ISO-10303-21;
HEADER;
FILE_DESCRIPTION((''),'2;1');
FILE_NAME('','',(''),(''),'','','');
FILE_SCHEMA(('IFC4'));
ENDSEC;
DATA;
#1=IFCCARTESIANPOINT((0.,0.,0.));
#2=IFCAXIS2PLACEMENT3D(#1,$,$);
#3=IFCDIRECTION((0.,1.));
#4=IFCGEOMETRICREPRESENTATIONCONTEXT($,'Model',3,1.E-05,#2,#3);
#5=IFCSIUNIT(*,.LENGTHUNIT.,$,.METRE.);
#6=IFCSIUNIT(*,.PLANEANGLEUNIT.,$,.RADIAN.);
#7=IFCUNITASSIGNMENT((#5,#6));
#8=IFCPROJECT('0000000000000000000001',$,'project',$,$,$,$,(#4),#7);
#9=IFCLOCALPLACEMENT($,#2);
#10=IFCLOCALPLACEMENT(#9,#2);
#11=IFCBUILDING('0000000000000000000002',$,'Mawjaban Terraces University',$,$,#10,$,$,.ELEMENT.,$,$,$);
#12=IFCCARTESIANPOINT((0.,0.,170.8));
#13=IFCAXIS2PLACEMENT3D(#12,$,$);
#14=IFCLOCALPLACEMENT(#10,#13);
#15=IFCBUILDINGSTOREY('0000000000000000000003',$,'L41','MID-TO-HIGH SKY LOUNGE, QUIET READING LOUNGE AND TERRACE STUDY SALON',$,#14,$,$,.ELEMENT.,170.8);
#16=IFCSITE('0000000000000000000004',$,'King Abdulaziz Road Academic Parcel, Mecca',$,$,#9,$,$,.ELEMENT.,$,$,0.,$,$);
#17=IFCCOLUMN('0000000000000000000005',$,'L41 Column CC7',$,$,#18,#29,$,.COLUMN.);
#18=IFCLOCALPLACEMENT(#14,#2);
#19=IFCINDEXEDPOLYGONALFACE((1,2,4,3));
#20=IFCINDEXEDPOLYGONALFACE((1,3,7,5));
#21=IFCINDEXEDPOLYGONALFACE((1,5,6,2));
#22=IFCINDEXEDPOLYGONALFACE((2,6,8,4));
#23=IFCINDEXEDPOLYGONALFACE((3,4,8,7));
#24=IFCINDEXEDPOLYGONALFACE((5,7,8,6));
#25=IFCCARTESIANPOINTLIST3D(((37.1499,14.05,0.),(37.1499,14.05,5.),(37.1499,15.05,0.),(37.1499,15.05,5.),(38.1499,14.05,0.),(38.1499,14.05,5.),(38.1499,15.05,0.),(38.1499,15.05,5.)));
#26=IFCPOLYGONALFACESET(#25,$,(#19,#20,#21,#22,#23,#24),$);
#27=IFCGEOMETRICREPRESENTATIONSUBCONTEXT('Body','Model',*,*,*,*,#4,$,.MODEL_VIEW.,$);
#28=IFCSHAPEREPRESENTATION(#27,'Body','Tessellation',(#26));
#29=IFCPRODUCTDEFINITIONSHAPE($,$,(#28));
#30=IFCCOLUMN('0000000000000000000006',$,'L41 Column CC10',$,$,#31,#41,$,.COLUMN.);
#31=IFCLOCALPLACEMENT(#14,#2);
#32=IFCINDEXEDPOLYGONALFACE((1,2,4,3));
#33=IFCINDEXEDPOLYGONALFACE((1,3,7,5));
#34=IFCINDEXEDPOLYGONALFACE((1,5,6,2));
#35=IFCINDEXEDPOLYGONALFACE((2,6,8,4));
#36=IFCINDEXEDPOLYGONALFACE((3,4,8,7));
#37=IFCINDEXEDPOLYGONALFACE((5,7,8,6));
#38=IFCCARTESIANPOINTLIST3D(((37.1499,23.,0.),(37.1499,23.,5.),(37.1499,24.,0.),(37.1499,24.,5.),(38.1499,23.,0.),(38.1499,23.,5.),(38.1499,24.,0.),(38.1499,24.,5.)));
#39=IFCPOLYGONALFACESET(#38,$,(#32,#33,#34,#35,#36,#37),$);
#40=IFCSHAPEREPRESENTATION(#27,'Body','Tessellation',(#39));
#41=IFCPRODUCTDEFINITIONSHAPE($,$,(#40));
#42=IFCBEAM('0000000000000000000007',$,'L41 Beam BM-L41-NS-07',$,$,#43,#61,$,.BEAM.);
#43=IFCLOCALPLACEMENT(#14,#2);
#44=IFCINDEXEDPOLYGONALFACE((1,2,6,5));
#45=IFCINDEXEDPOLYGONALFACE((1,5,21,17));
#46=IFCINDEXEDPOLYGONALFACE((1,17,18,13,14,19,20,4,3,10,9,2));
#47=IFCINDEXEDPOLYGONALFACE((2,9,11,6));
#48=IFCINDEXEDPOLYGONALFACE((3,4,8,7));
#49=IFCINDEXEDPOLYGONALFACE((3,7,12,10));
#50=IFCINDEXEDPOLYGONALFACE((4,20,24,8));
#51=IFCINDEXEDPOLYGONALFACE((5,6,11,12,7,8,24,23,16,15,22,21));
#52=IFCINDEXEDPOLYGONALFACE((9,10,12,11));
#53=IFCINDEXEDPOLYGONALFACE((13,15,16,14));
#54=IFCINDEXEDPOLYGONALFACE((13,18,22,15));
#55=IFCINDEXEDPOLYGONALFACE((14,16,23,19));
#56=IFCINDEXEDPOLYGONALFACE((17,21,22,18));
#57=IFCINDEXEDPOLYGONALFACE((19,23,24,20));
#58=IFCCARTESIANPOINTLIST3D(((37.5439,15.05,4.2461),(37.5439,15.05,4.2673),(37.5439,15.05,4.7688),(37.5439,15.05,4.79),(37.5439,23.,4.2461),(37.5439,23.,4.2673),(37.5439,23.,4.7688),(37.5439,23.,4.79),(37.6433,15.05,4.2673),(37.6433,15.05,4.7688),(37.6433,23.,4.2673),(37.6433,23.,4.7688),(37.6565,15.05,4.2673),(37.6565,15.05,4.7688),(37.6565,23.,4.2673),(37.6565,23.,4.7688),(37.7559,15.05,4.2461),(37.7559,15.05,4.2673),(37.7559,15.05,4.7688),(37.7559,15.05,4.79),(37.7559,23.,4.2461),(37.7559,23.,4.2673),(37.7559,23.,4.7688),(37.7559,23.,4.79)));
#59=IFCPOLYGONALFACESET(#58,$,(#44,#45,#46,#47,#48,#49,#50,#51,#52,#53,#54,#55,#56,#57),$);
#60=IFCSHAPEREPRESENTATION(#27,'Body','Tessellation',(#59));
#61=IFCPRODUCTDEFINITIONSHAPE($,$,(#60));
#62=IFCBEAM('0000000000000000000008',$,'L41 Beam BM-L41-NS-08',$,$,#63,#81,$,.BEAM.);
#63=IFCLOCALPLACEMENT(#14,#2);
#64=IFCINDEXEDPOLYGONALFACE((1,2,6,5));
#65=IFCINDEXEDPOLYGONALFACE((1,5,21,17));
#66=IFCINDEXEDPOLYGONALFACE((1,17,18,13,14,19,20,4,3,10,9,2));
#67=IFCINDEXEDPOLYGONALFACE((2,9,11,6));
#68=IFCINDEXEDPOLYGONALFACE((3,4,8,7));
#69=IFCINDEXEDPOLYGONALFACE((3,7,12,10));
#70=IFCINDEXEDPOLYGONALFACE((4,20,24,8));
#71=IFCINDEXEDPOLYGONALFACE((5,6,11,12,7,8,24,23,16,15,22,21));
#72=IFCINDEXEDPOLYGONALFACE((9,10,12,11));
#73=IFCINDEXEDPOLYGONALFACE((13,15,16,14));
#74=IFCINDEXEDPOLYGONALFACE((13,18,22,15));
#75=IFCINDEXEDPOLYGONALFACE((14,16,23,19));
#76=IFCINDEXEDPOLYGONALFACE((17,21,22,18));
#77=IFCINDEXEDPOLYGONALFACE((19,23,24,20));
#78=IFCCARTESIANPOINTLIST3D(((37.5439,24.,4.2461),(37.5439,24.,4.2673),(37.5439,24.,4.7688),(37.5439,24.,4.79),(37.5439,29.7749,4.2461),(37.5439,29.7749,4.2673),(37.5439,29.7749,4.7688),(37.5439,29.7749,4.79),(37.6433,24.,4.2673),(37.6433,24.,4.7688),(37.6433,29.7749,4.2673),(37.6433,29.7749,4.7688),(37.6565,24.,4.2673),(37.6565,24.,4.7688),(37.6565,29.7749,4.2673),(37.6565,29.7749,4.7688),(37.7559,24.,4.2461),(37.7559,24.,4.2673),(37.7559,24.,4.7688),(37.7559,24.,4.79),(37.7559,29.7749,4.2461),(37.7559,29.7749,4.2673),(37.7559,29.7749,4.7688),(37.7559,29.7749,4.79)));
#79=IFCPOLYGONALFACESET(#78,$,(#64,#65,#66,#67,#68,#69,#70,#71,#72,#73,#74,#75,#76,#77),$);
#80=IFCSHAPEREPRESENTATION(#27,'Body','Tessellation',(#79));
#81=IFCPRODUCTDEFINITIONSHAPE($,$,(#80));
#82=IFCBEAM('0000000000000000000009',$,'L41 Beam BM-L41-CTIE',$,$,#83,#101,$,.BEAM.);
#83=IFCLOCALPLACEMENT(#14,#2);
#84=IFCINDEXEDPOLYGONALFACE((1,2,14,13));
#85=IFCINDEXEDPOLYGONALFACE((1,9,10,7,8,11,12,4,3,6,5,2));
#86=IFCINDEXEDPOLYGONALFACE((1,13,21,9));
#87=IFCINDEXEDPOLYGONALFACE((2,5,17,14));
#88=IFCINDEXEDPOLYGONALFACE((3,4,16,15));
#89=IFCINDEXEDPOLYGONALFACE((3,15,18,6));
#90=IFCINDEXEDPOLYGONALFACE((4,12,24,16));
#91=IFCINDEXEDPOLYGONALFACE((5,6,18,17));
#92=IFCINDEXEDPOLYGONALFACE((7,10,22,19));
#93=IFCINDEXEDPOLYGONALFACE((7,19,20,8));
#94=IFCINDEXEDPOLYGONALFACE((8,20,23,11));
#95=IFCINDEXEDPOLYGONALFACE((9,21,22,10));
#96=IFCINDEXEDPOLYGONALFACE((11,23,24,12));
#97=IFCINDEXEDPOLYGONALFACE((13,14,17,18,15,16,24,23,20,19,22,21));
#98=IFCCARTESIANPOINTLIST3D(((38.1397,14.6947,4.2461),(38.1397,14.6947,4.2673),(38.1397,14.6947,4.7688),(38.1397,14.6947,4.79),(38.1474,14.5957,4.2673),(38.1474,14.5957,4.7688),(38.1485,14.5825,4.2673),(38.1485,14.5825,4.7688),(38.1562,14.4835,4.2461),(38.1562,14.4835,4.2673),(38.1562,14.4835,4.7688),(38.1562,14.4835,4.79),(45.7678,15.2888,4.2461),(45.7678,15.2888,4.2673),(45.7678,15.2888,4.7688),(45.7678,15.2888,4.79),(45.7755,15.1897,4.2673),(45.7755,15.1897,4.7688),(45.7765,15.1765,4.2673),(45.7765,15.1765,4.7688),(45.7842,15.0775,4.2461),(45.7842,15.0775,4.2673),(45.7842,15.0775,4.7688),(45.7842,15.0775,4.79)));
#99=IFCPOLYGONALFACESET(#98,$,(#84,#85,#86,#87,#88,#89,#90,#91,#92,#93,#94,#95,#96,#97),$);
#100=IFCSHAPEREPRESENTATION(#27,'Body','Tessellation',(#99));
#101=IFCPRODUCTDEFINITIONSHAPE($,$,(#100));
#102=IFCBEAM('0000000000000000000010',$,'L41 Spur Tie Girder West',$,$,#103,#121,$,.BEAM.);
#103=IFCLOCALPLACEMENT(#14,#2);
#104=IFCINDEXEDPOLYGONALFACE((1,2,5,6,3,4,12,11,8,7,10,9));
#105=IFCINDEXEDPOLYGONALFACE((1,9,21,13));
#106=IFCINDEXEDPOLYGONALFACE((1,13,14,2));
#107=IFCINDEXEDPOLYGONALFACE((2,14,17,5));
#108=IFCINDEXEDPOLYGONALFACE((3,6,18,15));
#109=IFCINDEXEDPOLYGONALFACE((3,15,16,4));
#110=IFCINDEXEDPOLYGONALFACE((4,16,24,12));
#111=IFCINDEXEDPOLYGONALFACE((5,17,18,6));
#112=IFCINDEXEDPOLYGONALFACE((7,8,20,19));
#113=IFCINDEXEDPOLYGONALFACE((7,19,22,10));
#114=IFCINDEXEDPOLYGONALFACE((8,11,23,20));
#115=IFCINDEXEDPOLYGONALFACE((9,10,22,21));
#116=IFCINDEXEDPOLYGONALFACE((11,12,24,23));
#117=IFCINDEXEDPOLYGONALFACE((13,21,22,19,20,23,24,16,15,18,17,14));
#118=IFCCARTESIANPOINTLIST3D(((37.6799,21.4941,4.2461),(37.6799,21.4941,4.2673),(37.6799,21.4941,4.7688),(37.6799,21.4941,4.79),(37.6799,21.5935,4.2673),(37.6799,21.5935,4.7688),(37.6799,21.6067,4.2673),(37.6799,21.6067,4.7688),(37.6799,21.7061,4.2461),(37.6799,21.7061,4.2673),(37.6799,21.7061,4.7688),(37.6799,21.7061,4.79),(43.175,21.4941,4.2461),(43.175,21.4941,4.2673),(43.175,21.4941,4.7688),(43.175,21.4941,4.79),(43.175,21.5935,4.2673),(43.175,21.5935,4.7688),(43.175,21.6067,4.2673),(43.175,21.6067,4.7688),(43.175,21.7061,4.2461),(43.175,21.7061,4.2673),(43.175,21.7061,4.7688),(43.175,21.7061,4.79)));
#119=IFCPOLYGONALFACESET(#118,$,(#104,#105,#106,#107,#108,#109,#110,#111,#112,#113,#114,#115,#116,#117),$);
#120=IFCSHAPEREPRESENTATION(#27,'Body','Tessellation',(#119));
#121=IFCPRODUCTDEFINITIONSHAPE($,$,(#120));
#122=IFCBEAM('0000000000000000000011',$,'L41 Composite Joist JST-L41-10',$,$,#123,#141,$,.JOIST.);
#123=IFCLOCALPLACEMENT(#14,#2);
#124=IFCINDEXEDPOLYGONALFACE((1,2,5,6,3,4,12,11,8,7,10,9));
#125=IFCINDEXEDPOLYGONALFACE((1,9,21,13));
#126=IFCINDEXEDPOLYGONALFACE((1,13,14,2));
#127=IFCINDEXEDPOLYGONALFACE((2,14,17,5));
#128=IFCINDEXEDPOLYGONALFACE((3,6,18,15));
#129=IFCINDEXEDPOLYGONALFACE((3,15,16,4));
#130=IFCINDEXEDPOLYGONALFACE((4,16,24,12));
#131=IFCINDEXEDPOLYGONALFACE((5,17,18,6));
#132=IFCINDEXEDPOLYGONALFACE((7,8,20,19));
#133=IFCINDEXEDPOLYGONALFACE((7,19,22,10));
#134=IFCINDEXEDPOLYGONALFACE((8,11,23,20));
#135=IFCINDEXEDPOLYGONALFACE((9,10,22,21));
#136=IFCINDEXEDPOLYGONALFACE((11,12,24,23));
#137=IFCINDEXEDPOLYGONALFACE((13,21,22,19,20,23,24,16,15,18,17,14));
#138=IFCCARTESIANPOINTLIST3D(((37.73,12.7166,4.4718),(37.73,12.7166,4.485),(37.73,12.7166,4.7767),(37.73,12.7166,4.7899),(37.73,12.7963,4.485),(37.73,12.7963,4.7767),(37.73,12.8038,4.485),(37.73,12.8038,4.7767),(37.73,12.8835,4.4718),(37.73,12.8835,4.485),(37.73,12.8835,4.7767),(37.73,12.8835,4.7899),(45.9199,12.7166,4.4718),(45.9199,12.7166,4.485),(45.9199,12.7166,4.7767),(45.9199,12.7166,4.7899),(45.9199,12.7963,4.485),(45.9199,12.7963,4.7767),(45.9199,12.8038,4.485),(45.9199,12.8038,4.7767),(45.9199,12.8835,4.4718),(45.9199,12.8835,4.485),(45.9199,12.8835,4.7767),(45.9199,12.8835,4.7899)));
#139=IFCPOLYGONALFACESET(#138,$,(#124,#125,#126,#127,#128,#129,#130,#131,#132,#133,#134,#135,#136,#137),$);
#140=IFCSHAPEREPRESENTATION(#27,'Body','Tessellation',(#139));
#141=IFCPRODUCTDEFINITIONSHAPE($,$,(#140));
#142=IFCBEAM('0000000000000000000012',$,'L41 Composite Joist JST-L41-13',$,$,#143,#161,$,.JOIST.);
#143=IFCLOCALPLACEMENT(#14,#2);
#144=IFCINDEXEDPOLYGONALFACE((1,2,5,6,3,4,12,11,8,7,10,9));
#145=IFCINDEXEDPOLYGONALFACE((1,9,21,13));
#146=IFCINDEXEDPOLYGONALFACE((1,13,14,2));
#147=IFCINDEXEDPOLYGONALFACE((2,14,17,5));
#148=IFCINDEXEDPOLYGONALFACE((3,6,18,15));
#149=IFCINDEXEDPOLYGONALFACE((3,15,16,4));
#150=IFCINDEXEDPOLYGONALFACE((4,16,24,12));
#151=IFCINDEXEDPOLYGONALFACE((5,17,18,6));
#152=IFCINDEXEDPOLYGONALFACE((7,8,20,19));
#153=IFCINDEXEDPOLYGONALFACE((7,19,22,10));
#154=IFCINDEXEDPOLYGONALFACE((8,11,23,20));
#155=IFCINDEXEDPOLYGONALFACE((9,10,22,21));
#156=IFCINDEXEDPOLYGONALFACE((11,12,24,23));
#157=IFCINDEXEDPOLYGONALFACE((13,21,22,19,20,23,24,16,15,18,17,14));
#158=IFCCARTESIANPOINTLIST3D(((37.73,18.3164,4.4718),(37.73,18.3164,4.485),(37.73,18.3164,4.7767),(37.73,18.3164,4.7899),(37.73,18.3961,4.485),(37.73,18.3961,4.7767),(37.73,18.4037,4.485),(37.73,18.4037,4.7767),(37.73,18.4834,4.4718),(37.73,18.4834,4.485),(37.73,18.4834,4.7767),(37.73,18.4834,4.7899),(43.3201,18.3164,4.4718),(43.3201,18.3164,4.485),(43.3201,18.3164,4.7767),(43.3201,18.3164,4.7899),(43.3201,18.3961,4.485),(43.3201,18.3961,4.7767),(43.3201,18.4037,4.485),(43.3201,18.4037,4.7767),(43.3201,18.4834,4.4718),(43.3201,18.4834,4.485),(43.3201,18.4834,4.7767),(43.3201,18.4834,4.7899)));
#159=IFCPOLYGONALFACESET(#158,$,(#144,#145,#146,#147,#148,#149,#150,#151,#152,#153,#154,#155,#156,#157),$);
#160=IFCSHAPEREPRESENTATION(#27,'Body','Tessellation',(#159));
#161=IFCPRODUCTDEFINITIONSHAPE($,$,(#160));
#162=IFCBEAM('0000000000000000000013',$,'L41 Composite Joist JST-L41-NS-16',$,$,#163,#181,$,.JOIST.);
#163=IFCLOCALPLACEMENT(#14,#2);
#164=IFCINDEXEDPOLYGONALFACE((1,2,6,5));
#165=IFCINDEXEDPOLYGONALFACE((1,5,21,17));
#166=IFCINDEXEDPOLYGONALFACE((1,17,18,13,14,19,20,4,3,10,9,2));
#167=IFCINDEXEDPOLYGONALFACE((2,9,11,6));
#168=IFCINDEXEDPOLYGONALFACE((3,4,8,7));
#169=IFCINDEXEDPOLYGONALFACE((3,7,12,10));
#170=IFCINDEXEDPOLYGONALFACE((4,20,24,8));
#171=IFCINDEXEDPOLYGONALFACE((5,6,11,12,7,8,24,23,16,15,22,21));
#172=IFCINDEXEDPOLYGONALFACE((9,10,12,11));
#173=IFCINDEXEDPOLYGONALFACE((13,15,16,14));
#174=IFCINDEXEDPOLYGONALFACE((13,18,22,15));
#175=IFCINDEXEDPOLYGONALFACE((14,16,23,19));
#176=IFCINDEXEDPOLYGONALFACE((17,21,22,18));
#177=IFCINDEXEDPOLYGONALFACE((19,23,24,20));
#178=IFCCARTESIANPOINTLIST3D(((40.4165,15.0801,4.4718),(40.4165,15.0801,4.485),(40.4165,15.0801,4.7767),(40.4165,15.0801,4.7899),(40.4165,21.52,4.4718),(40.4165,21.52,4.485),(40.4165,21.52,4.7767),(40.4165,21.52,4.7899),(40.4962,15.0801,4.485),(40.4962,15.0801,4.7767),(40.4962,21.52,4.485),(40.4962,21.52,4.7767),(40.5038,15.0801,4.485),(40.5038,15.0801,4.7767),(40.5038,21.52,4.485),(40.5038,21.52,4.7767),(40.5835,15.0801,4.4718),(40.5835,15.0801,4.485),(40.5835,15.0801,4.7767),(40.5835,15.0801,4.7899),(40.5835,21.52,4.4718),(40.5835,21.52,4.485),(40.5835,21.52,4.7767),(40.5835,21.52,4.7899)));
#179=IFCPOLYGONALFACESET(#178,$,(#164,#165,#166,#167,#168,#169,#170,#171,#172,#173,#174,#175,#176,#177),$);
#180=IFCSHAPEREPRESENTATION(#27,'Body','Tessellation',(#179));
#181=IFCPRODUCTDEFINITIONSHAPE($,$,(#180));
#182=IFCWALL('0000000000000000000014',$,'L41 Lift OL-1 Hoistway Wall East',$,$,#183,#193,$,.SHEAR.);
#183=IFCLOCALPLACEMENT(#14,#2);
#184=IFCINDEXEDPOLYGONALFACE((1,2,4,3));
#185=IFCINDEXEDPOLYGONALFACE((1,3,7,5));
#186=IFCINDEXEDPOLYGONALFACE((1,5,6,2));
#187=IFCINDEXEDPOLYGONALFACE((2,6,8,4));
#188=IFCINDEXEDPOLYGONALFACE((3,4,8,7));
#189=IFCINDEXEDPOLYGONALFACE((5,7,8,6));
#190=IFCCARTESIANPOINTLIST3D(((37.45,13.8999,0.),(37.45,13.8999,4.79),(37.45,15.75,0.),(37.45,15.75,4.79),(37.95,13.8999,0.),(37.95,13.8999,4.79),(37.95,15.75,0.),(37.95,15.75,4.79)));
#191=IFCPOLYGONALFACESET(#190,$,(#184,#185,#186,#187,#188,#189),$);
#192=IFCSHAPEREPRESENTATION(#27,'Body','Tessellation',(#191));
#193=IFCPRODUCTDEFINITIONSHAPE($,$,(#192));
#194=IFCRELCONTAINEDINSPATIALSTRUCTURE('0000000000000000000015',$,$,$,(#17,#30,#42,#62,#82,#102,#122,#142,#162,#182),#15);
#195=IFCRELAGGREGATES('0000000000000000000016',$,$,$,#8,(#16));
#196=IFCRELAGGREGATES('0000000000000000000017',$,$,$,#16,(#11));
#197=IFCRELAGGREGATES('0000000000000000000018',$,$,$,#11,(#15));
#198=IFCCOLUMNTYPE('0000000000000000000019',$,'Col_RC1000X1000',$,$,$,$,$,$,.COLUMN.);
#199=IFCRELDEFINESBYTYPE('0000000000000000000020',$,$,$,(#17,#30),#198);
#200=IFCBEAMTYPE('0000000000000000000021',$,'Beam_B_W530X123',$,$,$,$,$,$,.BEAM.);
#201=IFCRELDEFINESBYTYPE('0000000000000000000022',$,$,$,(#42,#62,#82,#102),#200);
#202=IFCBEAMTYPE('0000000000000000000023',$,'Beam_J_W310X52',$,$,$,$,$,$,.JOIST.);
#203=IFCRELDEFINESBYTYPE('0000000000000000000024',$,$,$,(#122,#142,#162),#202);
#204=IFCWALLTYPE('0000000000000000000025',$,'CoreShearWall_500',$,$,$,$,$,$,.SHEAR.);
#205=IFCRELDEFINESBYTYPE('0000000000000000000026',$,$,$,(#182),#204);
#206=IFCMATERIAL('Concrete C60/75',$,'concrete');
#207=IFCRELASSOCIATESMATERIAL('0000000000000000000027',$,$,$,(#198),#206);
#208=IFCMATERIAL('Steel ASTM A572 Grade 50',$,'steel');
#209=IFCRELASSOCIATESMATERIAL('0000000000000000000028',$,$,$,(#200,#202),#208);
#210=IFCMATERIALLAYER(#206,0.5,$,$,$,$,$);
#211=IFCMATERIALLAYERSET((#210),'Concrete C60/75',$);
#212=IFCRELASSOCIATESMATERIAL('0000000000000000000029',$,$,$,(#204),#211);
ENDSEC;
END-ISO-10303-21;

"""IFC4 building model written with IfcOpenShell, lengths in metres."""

from ifc_helpers import new_model, si_unit, direction, frame, frame_2d, origin, origin_2d, place, context, subcontext, project, spatial, rectangle, i_section, extrude, material, layer, layer_set, material_profile, profile_set, type_object, element, save


model = new_model("IFC4")

# Units and contexts
model_context = context("Model", 3, precision=1e-05, world=origin(), true_north=direction((0.0, 1.0)))
body_context = subcontext(model_context, "Body", "Model", "MODEL_VIEW")
ifc_project = project(units=[si_unit("LENGTHUNIT", "METRE"), si_unit("PLANEANGLEUNIT", "RADIAN")], contexts=[model_context])

# Site, building, storey
site_placement = place(None, origin())
site = spatial("IfcSite", under=ifc_project, at=site_placement, Name="King Abdulaziz Road Academic Parcel, Mecca", CompositionType="ELEMENT", RefElevation=0.0)
building_placement = place(site_placement, origin())
building = spatial("IfcBuilding", under=site, at=building_placement, Name="Mawjaban Terraces University", CompositionType="ELEMENT")
storey_placement = place(building_placement, frame((0.0, 0.0, 170.8)))
storey = spatial("IfcBuildingStorey", under=building, at=storey_placement, Name="L41", Description="MID-TO-HIGH SKY LOUNGE, QUIET READING LOUNGE AND TERRACE STUDY SALON", CompositionType="ELEMENT", Elevation=170.8)

# Columns
ifc_material_1 = material(Name="Concrete C60/75", Category="concrete")
ifc_material_profile_1 = material_profile(ifc_material_1, rectangle(XDim=1.0, YDim=1.0, at=origin_2d()), Name="RC1000X1000")
ifc_profile_set_1 = profile_set([ifc_material_profile_1], Name="Concrete C60/75")
column_type = type_object("IfcColumnType", Name="Col_RC1000X1000", PredefinedType="COLUMN", material=ifc_profile_set_1)
for number, where, z_axis, x_axis, name in (
    (1, (37.6499, 14.55, 0.0), (0.0, 0.0, 1.0), (1.0, 0.0, 0.0), "L41 Column CC7"),
    (2, (37.6499, 23.5, 0.0), (0.0, 0.0, 1.0), (1.0, 0.0, 0.0), "L41 Column CC10"),
):
    element("IfcColumn", number, at=place(storey_placement, frame(where, z_axis=z_axis, x_axis=x_axis)), inside=storey, type_object=column_type, Name=name, PredefinedType="COLUMN", context=body_context, shape_type="SweptSolid", body=[
        extrude(rectangle(XDim=1.0, YDim=1.0, at=origin_2d()), origin(), (0.0, 0.0, 1.0), 5.0),
    ])

# Beams
ifc_material_2 = material(Name="Steel ASTM A572 Grade 50", Category="steel")
ifc_material_profile_2 = material_profile(ifc_material_2, i_section(OverallWidth=0.2119, OverallDepth=0.5439, WebThickness=0.0132, FlangeThickness=0.0212, at=origin_2d()), Name="W530X123")
ifc_profile_set_2 = profile_set([ifc_material_profile_2], Name="Steel ASTM A572 Grade 50")
beam_type_1 = type_object("IfcBeamType", Name="Beam_B_W530X123", PredefinedType="BEAM", material=ifc_profile_set_2)
beam_1_placement = place(storey_placement, frame((37.6499, 15.05, 4.5181), z_axis=(0.0, 1.0, 0.0), x_axis=(-1.0, 0.0, 0.0)))
element("IfcBeam", 3, at=beam_1_placement, inside=storey, type_object=beam_type_1, Name="L41 Beam BM-L41-NS-07", PredefinedType="BEAM", context=body_context, shape_type="SweptSolid", body=[
    extrude(i_section(OverallWidth=0.2119, OverallDepth=0.5439, WebThickness=0.0132, FlangeThickness=0.0212, at=origin_2d()), origin(), (0.0, 0.0, 1.0), 7.95),
])
beam_2_placement = place(storey_placement, frame((37.6499, 24.0, 4.5181), z_axis=(0.0, 1.0, 0.0), x_axis=(-1.0, 0.0, 0.0)))
element("IfcBeam", 4, at=beam_2_placement, inside=storey, type_object=beam_type_1, Name="L41 Beam BM-L41-NS-08", PredefinedType="BEAM", context=body_context, shape_type="SweptSolid", body=[
    extrude(i_section(OverallWidth=0.2119, OverallDepth=0.5439, WebThickness=0.0132, FlangeThickness=0.0212, at=origin_2d()), origin(), (0.0, 0.0, 1.0), 5.7749),
])
beam_3_placement = place(storey_placement, frame((38.1479, 14.5891, 4.5181), z_axis=(0.996982, 0.077636, 0.0), x_axis=(-0.077636, 0.996982, 0.0)))
element("IfcBeam", 5, at=beam_3_placement, inside=storey, type_object=beam_type_1, Name="L41 Beam BM-L41-CTIE", PredefinedType="BEAM", context=body_context, shape_type="SweptSolid", body=[
    extrude(i_section(OverallWidth=0.2119, OverallDepth=0.5439, WebThickness=0.0132, FlangeThickness=0.0212, at=origin_2d()), origin(), (0.0, 0.0, 1.0), 7.6511),
])
beam_4_placement = place(storey_placement, frame((37.6799, 21.6001, 4.5181), z_axis=(1.0, 0.0, 0.0), x_axis=(0.0, 1.0, 0.0)))
element("IfcBeam", 6, at=beam_4_placement, inside=storey, type_object=beam_type_1, Name="L41 Spur Tie Girder West", PredefinedType="BEAM", context=body_context, shape_type="SweptSolid", body=[
    extrude(i_section(OverallWidth=0.2119, OverallDepth=0.5439, WebThickness=0.0132, FlangeThickness=0.0212, at=origin_2d()), origin(), (0.0, 0.0, 1.0), 5.4951),
])
ifc_material_profile_3 = material_profile(ifc_material_2, i_section(OverallWidth=0.167, OverallDepth=0.3181, WebThickness=0.0076, FlangeThickness=0.0132, at=origin_2d()), Name="W310X52")
ifc_profile_set_3 = profile_set([ifc_material_profile_3], Name="Steel ASTM A572 Grade 50")
beam_type_2 = type_object("IfcBeamType", Name="Beam_J_W310X52", PredefinedType="JOIST", material=ifc_profile_set_3)
beam_5_placement = place(storey_placement, frame((37.73, 12.8, 4.6309), z_axis=(1.0, 0.0, 0.0), x_axis=(0.0, 1.0, 0.0)))
element("IfcBeam", 7, at=beam_5_placement, inside=storey, type_object=beam_type_2, Name="L41 Composite Joist JST-L41-10", PredefinedType="JOIST", context=body_context, shape_type="SweptSolid", body=[
    extrude(i_section(OverallWidth=0.167, OverallDepth=0.3181, WebThickness=0.0076, FlangeThickness=0.0132, at=origin_2d()), origin(), (0.0, 0.0, 1.0), 8.1899),
])
beam_6_placement = place(storey_placement, frame((37.73, 18.3999, 4.6309), z_axis=(1.0, 0.0, 0.0), x_axis=(0.0, 1.0, 0.0)))
element("IfcBeam", 8, at=beam_6_placement, inside=storey, type_object=beam_type_2, Name="L41 Composite Joist JST-L41-13", PredefinedType="JOIST", context=body_context, shape_type="SweptSolid", body=[
    extrude(i_section(OverallWidth=0.167, OverallDepth=0.3181, WebThickness=0.0076, FlangeThickness=0.0132, at=origin_2d()), origin(), (0.0, 0.0, 1.0), 5.5901),
])
beam_7_placement = place(storey_placement, frame((40.5, 15.0801, 4.6309), z_axis=(0.0, 1.0, 0.0), x_axis=(-1.0, 0.0, 0.0)))
element("IfcBeam", 9, at=beam_7_placement, inside=storey, type_object=beam_type_2, Name="L41 Composite Joist JST-L41-NS-16", PredefinedType="JOIST", context=body_context, shape_type="SweptSolid", body=[
    extrude(i_section(OverallWidth=0.167, OverallDepth=0.3181, WebThickness=0.0076, FlangeThickness=0.0132, at=origin_2d()), origin(), (0.0, 0.0, 1.0), 6.4399),
])

# Wall
ifc_layer_1 = layer(ifc_material_1, 0.5)
ifc_layer_set_1 = layer_set([ifc_layer_1], Name="Concrete C60/75")
wall_type_1 = type_object("IfcWallType", Name="CoreShearWall_500", PredefinedType="SHEAR", material=ifc_layer_set_1)
for number, where, z_axis, x_axis, name in (
    (10, (37.7, 13.8999, 0.0), (0.0, 0.0, 1.0), (0.0, 1.0, 0.0), "L41 Lift OL-1 Hoistway Wall East"),
):
    element("IfcWall", number, at=place(storey_placement, frame(where, z_axis=z_axis, x_axis=x_axis)), inside=storey, type_object=wall_type_1, Name=name, PredefinedType="SHEAR", context=body_context, shape_type="SweptSolid", body=[
        extrude(rectangle(XDim=1.8501, YDim=0.5, at=frame_2d((0.925, 0.0))), origin(), (0.0, 0.0, 1.0), 4.79),
    ])

save(model, "model.ifc")
